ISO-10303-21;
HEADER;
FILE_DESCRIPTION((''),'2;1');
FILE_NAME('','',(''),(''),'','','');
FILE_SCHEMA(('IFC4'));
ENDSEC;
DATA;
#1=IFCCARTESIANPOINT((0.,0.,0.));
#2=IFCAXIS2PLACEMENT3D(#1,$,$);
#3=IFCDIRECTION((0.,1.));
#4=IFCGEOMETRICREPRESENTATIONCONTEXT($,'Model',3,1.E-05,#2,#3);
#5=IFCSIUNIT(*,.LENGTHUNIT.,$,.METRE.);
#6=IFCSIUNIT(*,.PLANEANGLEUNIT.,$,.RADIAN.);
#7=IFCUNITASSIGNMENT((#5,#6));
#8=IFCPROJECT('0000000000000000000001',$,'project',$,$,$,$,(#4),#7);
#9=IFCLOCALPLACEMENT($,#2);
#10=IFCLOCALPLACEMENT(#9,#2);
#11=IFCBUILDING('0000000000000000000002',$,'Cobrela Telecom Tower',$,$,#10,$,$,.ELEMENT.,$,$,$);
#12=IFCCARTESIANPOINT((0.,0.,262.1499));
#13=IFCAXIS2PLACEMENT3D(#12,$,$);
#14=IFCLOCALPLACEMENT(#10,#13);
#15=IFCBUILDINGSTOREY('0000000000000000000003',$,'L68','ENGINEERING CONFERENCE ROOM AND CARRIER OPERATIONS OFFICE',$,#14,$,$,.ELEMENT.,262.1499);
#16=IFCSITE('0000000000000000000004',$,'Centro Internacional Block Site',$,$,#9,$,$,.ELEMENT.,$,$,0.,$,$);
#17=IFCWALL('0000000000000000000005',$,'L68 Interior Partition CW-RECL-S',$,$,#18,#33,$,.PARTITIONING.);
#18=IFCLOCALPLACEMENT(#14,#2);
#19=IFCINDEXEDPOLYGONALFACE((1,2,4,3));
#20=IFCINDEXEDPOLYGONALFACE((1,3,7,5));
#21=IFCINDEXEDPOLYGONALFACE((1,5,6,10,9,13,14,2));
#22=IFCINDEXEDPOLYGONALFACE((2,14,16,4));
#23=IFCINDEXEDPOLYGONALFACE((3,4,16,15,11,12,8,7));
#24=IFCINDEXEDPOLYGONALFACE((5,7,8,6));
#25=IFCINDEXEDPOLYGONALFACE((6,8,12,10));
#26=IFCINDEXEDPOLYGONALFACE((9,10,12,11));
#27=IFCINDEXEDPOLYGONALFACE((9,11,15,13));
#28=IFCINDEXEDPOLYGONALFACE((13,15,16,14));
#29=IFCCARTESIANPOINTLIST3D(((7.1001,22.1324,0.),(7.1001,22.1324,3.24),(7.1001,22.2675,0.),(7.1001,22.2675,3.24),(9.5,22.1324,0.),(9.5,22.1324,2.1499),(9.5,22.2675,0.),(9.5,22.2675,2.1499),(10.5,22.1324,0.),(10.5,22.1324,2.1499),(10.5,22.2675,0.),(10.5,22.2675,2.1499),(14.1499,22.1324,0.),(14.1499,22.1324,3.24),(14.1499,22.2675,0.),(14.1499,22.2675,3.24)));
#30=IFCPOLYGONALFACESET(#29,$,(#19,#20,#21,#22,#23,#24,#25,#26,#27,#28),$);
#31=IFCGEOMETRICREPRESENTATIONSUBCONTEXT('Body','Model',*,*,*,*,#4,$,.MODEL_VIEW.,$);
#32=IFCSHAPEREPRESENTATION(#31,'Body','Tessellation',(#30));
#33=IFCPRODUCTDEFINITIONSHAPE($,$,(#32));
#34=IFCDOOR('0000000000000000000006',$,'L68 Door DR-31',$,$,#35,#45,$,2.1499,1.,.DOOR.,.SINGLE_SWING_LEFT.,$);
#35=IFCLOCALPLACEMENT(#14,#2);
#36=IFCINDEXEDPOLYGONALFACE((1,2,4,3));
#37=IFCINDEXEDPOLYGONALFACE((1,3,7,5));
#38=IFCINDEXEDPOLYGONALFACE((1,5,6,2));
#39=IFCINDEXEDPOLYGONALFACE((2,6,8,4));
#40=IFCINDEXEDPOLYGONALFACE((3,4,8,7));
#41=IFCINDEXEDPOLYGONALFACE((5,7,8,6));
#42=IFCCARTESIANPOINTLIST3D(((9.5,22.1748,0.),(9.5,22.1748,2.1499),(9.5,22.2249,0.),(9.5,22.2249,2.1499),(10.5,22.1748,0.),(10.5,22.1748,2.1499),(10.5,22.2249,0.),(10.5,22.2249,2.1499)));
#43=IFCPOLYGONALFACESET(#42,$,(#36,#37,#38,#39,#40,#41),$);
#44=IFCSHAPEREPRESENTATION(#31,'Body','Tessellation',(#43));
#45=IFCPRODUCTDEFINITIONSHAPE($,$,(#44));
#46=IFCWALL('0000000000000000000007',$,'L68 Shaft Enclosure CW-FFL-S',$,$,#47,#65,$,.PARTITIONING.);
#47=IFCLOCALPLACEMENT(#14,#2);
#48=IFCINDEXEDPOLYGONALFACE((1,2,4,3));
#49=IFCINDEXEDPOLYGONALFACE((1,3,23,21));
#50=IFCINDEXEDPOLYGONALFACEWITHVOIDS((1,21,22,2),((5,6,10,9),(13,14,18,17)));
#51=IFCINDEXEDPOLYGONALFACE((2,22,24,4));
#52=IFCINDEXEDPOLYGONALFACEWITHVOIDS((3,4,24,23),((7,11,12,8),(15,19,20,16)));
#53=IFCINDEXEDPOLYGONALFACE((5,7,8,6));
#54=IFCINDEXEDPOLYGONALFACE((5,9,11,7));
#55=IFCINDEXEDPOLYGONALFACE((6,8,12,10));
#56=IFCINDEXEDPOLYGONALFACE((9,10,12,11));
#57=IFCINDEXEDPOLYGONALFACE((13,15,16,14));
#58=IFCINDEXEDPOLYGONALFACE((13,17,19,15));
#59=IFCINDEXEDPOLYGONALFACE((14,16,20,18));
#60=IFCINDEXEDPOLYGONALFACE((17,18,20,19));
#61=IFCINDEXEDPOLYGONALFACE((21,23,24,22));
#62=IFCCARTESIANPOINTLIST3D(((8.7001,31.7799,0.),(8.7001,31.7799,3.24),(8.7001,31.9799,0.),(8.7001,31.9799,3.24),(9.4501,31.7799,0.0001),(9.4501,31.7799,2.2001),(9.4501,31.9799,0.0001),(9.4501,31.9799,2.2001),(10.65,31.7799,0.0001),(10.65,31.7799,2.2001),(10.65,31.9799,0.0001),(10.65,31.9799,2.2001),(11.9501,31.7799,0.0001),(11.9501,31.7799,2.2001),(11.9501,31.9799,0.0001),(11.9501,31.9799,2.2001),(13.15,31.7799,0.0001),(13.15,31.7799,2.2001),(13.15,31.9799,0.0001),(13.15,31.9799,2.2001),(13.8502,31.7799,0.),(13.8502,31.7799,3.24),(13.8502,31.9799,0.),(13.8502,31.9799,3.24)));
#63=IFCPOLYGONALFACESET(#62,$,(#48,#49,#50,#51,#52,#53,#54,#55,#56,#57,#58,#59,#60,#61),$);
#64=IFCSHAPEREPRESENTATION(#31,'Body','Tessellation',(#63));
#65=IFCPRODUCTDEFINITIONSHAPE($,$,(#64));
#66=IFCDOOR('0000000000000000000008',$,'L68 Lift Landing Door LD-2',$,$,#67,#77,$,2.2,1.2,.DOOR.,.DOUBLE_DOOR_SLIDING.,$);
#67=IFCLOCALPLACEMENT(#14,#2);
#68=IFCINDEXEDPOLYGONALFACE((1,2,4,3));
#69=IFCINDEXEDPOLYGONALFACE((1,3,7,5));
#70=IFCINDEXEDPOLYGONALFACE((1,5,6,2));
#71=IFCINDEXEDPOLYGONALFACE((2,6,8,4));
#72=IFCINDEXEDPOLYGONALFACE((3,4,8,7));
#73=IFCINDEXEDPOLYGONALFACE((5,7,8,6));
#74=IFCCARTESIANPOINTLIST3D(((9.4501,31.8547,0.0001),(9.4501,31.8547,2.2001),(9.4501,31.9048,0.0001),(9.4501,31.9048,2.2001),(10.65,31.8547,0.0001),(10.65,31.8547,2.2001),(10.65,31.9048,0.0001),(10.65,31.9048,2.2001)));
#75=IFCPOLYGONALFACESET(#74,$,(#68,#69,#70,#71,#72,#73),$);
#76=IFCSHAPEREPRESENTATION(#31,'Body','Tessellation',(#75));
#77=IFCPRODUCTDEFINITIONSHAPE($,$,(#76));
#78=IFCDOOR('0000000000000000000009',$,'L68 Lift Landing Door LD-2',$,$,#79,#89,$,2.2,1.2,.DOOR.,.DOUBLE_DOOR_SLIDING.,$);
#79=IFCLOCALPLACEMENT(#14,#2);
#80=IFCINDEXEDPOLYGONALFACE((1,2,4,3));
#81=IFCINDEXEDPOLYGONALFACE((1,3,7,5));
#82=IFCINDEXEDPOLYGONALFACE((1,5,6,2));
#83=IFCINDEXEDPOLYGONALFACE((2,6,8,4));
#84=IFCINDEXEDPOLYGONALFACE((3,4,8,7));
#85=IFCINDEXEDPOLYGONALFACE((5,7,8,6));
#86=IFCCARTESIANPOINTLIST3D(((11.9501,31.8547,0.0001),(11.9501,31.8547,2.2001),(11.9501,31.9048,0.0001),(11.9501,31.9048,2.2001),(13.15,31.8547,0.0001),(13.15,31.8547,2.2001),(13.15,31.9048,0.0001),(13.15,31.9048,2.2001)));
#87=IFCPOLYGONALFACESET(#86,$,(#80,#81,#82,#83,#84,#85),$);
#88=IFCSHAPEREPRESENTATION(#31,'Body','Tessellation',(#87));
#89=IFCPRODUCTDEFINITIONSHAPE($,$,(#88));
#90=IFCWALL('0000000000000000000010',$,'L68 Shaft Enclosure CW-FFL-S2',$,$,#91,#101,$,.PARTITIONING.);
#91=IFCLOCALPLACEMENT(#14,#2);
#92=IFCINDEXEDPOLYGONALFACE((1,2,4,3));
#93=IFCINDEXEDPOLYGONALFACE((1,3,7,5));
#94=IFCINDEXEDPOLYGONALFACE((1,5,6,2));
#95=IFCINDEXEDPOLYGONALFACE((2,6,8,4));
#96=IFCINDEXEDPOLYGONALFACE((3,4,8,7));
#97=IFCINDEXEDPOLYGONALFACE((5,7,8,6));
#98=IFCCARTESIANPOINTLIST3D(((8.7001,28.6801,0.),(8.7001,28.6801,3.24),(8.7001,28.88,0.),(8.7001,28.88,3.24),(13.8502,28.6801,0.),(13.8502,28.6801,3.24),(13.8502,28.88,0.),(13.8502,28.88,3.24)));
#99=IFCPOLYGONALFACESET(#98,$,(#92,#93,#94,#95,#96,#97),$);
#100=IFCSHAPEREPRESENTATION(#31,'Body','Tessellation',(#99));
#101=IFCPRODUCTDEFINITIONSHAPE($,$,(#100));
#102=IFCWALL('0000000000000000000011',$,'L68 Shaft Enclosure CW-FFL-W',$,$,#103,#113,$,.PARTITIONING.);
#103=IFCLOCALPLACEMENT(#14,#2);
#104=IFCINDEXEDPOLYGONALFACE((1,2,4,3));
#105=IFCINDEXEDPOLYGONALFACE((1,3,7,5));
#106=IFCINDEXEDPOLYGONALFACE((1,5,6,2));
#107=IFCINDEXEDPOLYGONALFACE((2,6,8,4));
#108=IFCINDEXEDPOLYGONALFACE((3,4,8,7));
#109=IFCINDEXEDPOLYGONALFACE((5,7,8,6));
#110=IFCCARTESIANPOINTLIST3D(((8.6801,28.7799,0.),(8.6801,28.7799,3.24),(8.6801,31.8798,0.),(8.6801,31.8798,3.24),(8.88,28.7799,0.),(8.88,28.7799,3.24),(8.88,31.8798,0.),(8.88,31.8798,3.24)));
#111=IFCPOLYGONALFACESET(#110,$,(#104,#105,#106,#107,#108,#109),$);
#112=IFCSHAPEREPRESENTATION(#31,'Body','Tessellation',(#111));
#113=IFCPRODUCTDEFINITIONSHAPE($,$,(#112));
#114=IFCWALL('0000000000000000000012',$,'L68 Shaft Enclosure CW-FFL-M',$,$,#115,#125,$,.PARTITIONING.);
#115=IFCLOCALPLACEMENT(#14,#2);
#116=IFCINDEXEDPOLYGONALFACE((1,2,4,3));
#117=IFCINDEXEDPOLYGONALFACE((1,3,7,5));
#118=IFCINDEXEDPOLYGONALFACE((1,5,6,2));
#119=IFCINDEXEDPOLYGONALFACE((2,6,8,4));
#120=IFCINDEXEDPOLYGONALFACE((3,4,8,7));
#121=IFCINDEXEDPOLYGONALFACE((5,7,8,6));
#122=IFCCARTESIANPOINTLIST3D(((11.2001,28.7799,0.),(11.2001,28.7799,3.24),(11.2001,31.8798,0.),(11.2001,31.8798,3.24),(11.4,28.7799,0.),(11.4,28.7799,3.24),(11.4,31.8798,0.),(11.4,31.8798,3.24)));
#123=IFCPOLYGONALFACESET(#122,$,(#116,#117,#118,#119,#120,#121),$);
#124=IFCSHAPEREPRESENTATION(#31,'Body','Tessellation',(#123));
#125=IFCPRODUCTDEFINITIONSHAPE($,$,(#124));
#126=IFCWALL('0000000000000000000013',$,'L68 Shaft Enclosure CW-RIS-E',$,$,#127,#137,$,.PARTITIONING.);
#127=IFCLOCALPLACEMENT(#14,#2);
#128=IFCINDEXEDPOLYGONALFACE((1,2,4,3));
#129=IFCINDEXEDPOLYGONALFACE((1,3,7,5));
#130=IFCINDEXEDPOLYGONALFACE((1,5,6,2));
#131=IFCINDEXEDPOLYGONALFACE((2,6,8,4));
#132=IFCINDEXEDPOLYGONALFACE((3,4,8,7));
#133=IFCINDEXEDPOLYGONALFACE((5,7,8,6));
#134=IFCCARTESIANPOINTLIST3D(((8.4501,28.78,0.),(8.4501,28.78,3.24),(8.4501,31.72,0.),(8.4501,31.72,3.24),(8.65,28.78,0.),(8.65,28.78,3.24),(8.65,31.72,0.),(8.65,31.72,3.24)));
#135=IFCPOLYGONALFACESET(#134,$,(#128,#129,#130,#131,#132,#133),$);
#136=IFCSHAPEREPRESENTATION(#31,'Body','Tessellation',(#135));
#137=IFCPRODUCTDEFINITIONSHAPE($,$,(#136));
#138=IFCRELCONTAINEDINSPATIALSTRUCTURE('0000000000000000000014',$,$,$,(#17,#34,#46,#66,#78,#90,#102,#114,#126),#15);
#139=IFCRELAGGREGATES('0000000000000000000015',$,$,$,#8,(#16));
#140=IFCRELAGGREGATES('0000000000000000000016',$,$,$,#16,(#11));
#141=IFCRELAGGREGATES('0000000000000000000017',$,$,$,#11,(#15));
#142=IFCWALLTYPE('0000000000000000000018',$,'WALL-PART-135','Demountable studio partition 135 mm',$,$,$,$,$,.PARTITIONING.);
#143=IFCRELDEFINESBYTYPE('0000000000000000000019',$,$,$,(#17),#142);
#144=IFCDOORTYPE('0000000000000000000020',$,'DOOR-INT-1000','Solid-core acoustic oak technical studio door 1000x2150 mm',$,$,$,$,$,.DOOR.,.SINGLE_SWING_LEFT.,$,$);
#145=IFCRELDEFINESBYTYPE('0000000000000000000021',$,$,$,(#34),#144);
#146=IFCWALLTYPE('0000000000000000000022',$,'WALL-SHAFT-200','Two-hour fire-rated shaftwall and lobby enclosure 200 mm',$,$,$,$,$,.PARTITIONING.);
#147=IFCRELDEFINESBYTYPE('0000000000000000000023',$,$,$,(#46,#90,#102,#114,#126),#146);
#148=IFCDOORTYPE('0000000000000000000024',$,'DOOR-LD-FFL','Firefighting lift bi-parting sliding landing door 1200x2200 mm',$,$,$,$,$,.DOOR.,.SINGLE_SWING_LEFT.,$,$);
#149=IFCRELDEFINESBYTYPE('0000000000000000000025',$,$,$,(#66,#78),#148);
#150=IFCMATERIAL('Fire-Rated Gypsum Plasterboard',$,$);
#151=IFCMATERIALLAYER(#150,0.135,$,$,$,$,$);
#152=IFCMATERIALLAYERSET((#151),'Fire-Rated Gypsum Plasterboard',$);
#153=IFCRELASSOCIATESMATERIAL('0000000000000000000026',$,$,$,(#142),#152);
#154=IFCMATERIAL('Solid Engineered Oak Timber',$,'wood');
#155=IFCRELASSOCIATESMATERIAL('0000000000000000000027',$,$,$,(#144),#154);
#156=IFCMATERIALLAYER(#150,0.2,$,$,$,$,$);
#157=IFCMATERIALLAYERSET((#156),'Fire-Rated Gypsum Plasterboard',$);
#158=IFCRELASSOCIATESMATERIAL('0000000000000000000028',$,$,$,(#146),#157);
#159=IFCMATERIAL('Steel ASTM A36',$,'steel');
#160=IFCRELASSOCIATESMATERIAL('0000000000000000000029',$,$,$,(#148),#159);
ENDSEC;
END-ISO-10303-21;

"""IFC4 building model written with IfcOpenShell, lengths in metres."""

from ifc_helpers import new_model, si_unit, direction, frame, frame_2d, origin, place, context, subcontext, project, spatial, rectangle, extrude, material, layer, layer_set, type_object, element, fill, save


model = new_model("IFC4")

# Units and contexts
model_context = context("Model", 3, precision=1e-05, world=origin(), true_north=direction((0.0, 1.0)))
body_context = subcontext(model_context, "Body", "Model", "MODEL_VIEW")
ifc_project = project(units=[si_unit("LENGTHUNIT", "METRE"), si_unit("PLANEANGLEUNIT", "RADIAN")], contexts=[model_context])

# Site, building, storey
site_placement = place(None, origin())
site = spatial("IfcSite", under=ifc_project, at=site_placement, Name="Centro Internacional Block Site", CompositionType="ELEMENT", RefElevation=0.0)
building_placement = place(site_placement, origin())
building = spatial("IfcBuilding", under=site, at=building_placement, Name="Cobrela Telecom Tower", CompositionType="ELEMENT")
storey_placement = place(building_placement, frame((0.0, 0.0, 262.1499)))
storey = spatial("IfcBuildingStorey", under=building, at=storey_placement, Name="L68", Description="ENGINEERING CONFERENCE ROOM AND CARRIER OPERATIONS OFFICE", CompositionType="ELEMENT", Elevation=262.1499)

# Shared definitions
ifc_material_1 = material(Name="Steel ASTM A36", Category="steel")

# Wall, opening, door
ifc_material_2 = material(Name="Fire-Rated Gypsum Plasterboard")
ifc_layer_1 = layer(ifc_material_2, 0.135)
ifc_layer_set_1 = layer_set([ifc_layer_1], Name="Fire-Rated Gypsum Plasterboard")
wall_type_1 = type_object("IfcWallType", Name="WALL-PART-135", Description="Demountable studio partition 135 mm", PredefinedType="PARTITIONING", material=ifc_layer_set_1)
wall_1_placement = place(storey_placement, frame((7.1001, 22.2, 0.0), z_axis=(0.0, 0.0, 1.0), x_axis=(1.0, 0.0, 0.0)))
wall_1 = element("IfcWall", 1, at=wall_1_placement, inside=storey, type_object=wall_type_1, Name="L68 Interior Partition CW-RECL-S", PredefinedType="PARTITIONING", context=body_context, shape_type="SweptSolid", body=[
    extrude(rectangle(XDim=7.0498, YDim=0.135, at=frame_2d((3.5249, 0.0))), origin(), (0.0, 0.0, 1.0), 3.24),
])
opening_1_placement = place(wall_1_placement, frame((2.3999, 0.0, 0.0)))
opening_1 = element("IfcOpeningElement", 2, at=opening_1_placement, cuts=wall_1, PredefinedType="OPENING", context=body_context, shape_type="SweptSolid", body=[
    extrude(rectangle(XDim=1.0, YDim=2.1499, at=frame_2d((0.5, 1.075))), frame((0.0, 0.0796, 0.0), z_axis=(0.0, -1.0, 0.0), x_axis=(1.0, 0.0, 0.0)), (0.0, 0.0, 1.0), 0.1589),
])
ifc_material_3 = material(Name="Solid Engineered Oak Timber", Category="wood")
door_type_1 = type_object("IfcDoorType", Name="DOOR-INT-1000", Description="Solid-core acoustic oak technical studio door 1000x2150 mm", OperationType="SINGLE_SWING_LEFT", PredefinedType="DOOR", material=ifc_material_3)
door_1_placement = place(opening_1_placement, origin())
door_1 = element("IfcDoor", 3, at=door_1_placement, inside=storey, type_object=door_type_1, Name="L68 Door DR-31", OperationType="SINGLE_SWING_LEFT", OverallHeight=2.1499, OverallWidth=1.0, PredefinedType="DOOR", context=body_context, shape_type="SweptSolid", body=[
    extrude(rectangle(XDim=1.0, YDim=2.1499, at=frame_2d((0.5, 1.075))), frame((0.0, 0.0249, 0.0), z_axis=(0.0, -1.0, 0.0), x_axis=(1.0, 0.0, 0.0)), (0.0, 0.0, 1.0), 0.05),
])
fill(opening_1, door_1)

# Wall, openings, doors
ifc_layer_2 = layer(ifc_material_2, 0.2)
ifc_layer_set_2 = layer_set([ifc_layer_2], Name="Fire-Rated Gypsum Plasterboard")
wall_type_2 = type_object("IfcWallType", Name="WALL-SHAFT-200", Description="Two-hour fire-rated shaftwall and lobby enclosure 200 mm", PredefinedType="PARTITIONING", material=ifc_layer_set_2)
wall_2_placement = place(storey_placement, frame((8.7, 31.8799, 0.0), z_axis=(0.0, 0.0, 1.0), x_axis=(1.0, 0.0, 0.0)))
wall_2 = element("IfcWall", 4, at=wall_2_placement, inside=storey, type_object=wall_type_2, Name="L68 Shaft Enclosure CW-FFL-S", PredefinedType="PARTITIONING", context=body_context, shape_type="SweptSolid", body=[
    extrude(rectangle(XDim=5.1501, YDim=0.2, at=frame_2d((2.5752, 0.0))), origin(), (0.0, 0.0, 1.0), 3.24),
])
opening_2_placement = place(wall_2_placement, frame((0.75, 0.0, 0.0)))
opening_2 = element("IfcOpeningElement", 5, at=opening_2_placement, cuts=wall_2, PredefinedType="OPENING", context=body_context, shape_type="SweptSolid", body=[
    extrude(rectangle(XDim=1.2, YDim=2.2, at=frame_2d((0.6001, 1.1001))), frame((0.0, 0.1118, 0.0), z_axis=(0.0, -1.0, 0.0), x_axis=(1.0, 0.0, 0.0)), (0.0, 0.0, 1.0), 0.2239),
])
opening_3_placement = place(wall_2_placement, frame((3.25, 0.0, 0.0)))
opening_3 = element("IfcOpeningElement", 6, at=opening_3_placement, cuts=wall_2, PredefinedType="OPENING", context=body_context, shape_type="SweptSolid", body=[
    extrude(rectangle(XDim=1.2, YDim=2.2, at=frame_2d((0.6001, 1.1001))), frame((0.0, 0.1118, 0.0), z_axis=(0.0, -1.0, 0.0), x_axis=(1.0, 0.0, 0.0)), (0.0, 0.0, 1.0), 0.2239),
])
door_type_2 = type_object("IfcDoorType", Name="DOOR-LD-FFL", Description="Firefighting lift bi-parting sliding landing door 1200x2200 mm", OperationType="SINGLE_SWING_LEFT", PredefinedType="DOOR", material=ifc_material_1)
door_2_placement = place(opening_2_placement, origin())
door_2 = element("IfcDoor", 7, at=door_2_placement, inside=storey, type_object=door_type_2, Name="L68 Lift Landing Door LD-2", OperationType="DOUBLE_DOOR_SLIDING", OverallHeight=2.2, OverallWidth=1.2, PredefinedType="DOOR", context=body_context, shape_type="SweptSolid", body=[
    extrude(rectangle(XDim=1.2, YDim=2.2, at=frame_2d((0.6001, 1.1001))), frame((0.0, 0.0249, 0.0), z_axis=(0.0, -1.0, 0.0), x_axis=(1.0, 0.0, 0.0)), (0.0, 0.0, 1.0), 0.05),
])
fill(opening_2, door_2)
door_3_placement = place(opening_3_placement, origin())
door_3 = element("IfcDoor", 8, at=door_3_placement, inside=storey, type_object=door_type_2, Name="L68 Lift Landing Door LD-2", OperationType="DOUBLE_DOOR_SLIDING", OverallHeight=2.2, OverallWidth=1.2, PredefinedType="DOOR", context=body_context, shape_type="SweptSolid", body=[
    extrude(rectangle(XDim=1.2, YDim=2.2, at=frame_2d((0.6001, 1.1001))), frame((0.0, 0.0249, 0.0), z_axis=(0.0, -1.0, 0.0), x_axis=(1.0, 0.0, 0.0)), (0.0, 0.0, 1.0), 0.05),
])
fill(opening_3, door_3)

# Walls
wall_3_placement = place(storey_placement, frame((8.7, 28.78, 0.0), z_axis=(0.0, 0.0, 1.0), x_axis=(1.0, 0.0, 0.0)))
element("IfcWall", 9, at=wall_3_placement, inside=storey, type_object=wall_type_2, Name="L68 Shaft Enclosure CW-FFL-S2", PredefinedType="PARTITIONING", context=body_context, shape_type="SweptSolid", body=[
    extrude(rectangle(XDim=5.1501, YDim=0.2, at=frame_2d((2.5752, 0.0))), origin(), (0.0, 0.0, 1.0), 3.24),
])
for number, where, z_axis, x_axis, name in (
    (10, (8.78, 28.78, 0.0), (0.0, 0.0, 1.0), (0.0, 1.0, 0.0), "L68 Shaft Enclosure CW-FFL-W"),
    (11, (11.3, 28.78, 0.0), (0.0, 0.0, 1.0), (0.0, 1.0, 0.0), "L68 Shaft Enclosure CW-FFL-M"),
):
    element("IfcWall", number, at=place(storey_placement, frame(where, z_axis=z_axis, x_axis=x_axis)), inside=storey, type_object=wall_type_2, Name=name, PredefinedType="PARTITIONING", context=body_context, shape_type="SweptSolid", body=[
        extrude(rectangle(XDim=3.0999, YDim=0.2, at=frame_2d((1.5498, 0.0))), origin(), (0.0, 0.0, 1.0), 3.24),
    ])
wall_4_placement = place(storey_placement, frame((8.55, 28.78, 0.0), z_axis=(0.0, 0.0, 1.0), x_axis=(0.0, 1.0, 0.0)))
element("IfcWall", 12, at=wall_4_placement, inside=storey, type_object=wall_type_2, Name="L68 Shaft Enclosure CW-RIS-E", PredefinedType="PARTITIONING", context=body_context, shape_type="SweptSolid", body=[
    extrude(rectangle(XDim=2.9399, YDim=0.2, at=frame_2d((1.47, 0.0))), origin(), (0.0, 0.0, 1.0), 3.24),
])

save(model, "model.ifc")
